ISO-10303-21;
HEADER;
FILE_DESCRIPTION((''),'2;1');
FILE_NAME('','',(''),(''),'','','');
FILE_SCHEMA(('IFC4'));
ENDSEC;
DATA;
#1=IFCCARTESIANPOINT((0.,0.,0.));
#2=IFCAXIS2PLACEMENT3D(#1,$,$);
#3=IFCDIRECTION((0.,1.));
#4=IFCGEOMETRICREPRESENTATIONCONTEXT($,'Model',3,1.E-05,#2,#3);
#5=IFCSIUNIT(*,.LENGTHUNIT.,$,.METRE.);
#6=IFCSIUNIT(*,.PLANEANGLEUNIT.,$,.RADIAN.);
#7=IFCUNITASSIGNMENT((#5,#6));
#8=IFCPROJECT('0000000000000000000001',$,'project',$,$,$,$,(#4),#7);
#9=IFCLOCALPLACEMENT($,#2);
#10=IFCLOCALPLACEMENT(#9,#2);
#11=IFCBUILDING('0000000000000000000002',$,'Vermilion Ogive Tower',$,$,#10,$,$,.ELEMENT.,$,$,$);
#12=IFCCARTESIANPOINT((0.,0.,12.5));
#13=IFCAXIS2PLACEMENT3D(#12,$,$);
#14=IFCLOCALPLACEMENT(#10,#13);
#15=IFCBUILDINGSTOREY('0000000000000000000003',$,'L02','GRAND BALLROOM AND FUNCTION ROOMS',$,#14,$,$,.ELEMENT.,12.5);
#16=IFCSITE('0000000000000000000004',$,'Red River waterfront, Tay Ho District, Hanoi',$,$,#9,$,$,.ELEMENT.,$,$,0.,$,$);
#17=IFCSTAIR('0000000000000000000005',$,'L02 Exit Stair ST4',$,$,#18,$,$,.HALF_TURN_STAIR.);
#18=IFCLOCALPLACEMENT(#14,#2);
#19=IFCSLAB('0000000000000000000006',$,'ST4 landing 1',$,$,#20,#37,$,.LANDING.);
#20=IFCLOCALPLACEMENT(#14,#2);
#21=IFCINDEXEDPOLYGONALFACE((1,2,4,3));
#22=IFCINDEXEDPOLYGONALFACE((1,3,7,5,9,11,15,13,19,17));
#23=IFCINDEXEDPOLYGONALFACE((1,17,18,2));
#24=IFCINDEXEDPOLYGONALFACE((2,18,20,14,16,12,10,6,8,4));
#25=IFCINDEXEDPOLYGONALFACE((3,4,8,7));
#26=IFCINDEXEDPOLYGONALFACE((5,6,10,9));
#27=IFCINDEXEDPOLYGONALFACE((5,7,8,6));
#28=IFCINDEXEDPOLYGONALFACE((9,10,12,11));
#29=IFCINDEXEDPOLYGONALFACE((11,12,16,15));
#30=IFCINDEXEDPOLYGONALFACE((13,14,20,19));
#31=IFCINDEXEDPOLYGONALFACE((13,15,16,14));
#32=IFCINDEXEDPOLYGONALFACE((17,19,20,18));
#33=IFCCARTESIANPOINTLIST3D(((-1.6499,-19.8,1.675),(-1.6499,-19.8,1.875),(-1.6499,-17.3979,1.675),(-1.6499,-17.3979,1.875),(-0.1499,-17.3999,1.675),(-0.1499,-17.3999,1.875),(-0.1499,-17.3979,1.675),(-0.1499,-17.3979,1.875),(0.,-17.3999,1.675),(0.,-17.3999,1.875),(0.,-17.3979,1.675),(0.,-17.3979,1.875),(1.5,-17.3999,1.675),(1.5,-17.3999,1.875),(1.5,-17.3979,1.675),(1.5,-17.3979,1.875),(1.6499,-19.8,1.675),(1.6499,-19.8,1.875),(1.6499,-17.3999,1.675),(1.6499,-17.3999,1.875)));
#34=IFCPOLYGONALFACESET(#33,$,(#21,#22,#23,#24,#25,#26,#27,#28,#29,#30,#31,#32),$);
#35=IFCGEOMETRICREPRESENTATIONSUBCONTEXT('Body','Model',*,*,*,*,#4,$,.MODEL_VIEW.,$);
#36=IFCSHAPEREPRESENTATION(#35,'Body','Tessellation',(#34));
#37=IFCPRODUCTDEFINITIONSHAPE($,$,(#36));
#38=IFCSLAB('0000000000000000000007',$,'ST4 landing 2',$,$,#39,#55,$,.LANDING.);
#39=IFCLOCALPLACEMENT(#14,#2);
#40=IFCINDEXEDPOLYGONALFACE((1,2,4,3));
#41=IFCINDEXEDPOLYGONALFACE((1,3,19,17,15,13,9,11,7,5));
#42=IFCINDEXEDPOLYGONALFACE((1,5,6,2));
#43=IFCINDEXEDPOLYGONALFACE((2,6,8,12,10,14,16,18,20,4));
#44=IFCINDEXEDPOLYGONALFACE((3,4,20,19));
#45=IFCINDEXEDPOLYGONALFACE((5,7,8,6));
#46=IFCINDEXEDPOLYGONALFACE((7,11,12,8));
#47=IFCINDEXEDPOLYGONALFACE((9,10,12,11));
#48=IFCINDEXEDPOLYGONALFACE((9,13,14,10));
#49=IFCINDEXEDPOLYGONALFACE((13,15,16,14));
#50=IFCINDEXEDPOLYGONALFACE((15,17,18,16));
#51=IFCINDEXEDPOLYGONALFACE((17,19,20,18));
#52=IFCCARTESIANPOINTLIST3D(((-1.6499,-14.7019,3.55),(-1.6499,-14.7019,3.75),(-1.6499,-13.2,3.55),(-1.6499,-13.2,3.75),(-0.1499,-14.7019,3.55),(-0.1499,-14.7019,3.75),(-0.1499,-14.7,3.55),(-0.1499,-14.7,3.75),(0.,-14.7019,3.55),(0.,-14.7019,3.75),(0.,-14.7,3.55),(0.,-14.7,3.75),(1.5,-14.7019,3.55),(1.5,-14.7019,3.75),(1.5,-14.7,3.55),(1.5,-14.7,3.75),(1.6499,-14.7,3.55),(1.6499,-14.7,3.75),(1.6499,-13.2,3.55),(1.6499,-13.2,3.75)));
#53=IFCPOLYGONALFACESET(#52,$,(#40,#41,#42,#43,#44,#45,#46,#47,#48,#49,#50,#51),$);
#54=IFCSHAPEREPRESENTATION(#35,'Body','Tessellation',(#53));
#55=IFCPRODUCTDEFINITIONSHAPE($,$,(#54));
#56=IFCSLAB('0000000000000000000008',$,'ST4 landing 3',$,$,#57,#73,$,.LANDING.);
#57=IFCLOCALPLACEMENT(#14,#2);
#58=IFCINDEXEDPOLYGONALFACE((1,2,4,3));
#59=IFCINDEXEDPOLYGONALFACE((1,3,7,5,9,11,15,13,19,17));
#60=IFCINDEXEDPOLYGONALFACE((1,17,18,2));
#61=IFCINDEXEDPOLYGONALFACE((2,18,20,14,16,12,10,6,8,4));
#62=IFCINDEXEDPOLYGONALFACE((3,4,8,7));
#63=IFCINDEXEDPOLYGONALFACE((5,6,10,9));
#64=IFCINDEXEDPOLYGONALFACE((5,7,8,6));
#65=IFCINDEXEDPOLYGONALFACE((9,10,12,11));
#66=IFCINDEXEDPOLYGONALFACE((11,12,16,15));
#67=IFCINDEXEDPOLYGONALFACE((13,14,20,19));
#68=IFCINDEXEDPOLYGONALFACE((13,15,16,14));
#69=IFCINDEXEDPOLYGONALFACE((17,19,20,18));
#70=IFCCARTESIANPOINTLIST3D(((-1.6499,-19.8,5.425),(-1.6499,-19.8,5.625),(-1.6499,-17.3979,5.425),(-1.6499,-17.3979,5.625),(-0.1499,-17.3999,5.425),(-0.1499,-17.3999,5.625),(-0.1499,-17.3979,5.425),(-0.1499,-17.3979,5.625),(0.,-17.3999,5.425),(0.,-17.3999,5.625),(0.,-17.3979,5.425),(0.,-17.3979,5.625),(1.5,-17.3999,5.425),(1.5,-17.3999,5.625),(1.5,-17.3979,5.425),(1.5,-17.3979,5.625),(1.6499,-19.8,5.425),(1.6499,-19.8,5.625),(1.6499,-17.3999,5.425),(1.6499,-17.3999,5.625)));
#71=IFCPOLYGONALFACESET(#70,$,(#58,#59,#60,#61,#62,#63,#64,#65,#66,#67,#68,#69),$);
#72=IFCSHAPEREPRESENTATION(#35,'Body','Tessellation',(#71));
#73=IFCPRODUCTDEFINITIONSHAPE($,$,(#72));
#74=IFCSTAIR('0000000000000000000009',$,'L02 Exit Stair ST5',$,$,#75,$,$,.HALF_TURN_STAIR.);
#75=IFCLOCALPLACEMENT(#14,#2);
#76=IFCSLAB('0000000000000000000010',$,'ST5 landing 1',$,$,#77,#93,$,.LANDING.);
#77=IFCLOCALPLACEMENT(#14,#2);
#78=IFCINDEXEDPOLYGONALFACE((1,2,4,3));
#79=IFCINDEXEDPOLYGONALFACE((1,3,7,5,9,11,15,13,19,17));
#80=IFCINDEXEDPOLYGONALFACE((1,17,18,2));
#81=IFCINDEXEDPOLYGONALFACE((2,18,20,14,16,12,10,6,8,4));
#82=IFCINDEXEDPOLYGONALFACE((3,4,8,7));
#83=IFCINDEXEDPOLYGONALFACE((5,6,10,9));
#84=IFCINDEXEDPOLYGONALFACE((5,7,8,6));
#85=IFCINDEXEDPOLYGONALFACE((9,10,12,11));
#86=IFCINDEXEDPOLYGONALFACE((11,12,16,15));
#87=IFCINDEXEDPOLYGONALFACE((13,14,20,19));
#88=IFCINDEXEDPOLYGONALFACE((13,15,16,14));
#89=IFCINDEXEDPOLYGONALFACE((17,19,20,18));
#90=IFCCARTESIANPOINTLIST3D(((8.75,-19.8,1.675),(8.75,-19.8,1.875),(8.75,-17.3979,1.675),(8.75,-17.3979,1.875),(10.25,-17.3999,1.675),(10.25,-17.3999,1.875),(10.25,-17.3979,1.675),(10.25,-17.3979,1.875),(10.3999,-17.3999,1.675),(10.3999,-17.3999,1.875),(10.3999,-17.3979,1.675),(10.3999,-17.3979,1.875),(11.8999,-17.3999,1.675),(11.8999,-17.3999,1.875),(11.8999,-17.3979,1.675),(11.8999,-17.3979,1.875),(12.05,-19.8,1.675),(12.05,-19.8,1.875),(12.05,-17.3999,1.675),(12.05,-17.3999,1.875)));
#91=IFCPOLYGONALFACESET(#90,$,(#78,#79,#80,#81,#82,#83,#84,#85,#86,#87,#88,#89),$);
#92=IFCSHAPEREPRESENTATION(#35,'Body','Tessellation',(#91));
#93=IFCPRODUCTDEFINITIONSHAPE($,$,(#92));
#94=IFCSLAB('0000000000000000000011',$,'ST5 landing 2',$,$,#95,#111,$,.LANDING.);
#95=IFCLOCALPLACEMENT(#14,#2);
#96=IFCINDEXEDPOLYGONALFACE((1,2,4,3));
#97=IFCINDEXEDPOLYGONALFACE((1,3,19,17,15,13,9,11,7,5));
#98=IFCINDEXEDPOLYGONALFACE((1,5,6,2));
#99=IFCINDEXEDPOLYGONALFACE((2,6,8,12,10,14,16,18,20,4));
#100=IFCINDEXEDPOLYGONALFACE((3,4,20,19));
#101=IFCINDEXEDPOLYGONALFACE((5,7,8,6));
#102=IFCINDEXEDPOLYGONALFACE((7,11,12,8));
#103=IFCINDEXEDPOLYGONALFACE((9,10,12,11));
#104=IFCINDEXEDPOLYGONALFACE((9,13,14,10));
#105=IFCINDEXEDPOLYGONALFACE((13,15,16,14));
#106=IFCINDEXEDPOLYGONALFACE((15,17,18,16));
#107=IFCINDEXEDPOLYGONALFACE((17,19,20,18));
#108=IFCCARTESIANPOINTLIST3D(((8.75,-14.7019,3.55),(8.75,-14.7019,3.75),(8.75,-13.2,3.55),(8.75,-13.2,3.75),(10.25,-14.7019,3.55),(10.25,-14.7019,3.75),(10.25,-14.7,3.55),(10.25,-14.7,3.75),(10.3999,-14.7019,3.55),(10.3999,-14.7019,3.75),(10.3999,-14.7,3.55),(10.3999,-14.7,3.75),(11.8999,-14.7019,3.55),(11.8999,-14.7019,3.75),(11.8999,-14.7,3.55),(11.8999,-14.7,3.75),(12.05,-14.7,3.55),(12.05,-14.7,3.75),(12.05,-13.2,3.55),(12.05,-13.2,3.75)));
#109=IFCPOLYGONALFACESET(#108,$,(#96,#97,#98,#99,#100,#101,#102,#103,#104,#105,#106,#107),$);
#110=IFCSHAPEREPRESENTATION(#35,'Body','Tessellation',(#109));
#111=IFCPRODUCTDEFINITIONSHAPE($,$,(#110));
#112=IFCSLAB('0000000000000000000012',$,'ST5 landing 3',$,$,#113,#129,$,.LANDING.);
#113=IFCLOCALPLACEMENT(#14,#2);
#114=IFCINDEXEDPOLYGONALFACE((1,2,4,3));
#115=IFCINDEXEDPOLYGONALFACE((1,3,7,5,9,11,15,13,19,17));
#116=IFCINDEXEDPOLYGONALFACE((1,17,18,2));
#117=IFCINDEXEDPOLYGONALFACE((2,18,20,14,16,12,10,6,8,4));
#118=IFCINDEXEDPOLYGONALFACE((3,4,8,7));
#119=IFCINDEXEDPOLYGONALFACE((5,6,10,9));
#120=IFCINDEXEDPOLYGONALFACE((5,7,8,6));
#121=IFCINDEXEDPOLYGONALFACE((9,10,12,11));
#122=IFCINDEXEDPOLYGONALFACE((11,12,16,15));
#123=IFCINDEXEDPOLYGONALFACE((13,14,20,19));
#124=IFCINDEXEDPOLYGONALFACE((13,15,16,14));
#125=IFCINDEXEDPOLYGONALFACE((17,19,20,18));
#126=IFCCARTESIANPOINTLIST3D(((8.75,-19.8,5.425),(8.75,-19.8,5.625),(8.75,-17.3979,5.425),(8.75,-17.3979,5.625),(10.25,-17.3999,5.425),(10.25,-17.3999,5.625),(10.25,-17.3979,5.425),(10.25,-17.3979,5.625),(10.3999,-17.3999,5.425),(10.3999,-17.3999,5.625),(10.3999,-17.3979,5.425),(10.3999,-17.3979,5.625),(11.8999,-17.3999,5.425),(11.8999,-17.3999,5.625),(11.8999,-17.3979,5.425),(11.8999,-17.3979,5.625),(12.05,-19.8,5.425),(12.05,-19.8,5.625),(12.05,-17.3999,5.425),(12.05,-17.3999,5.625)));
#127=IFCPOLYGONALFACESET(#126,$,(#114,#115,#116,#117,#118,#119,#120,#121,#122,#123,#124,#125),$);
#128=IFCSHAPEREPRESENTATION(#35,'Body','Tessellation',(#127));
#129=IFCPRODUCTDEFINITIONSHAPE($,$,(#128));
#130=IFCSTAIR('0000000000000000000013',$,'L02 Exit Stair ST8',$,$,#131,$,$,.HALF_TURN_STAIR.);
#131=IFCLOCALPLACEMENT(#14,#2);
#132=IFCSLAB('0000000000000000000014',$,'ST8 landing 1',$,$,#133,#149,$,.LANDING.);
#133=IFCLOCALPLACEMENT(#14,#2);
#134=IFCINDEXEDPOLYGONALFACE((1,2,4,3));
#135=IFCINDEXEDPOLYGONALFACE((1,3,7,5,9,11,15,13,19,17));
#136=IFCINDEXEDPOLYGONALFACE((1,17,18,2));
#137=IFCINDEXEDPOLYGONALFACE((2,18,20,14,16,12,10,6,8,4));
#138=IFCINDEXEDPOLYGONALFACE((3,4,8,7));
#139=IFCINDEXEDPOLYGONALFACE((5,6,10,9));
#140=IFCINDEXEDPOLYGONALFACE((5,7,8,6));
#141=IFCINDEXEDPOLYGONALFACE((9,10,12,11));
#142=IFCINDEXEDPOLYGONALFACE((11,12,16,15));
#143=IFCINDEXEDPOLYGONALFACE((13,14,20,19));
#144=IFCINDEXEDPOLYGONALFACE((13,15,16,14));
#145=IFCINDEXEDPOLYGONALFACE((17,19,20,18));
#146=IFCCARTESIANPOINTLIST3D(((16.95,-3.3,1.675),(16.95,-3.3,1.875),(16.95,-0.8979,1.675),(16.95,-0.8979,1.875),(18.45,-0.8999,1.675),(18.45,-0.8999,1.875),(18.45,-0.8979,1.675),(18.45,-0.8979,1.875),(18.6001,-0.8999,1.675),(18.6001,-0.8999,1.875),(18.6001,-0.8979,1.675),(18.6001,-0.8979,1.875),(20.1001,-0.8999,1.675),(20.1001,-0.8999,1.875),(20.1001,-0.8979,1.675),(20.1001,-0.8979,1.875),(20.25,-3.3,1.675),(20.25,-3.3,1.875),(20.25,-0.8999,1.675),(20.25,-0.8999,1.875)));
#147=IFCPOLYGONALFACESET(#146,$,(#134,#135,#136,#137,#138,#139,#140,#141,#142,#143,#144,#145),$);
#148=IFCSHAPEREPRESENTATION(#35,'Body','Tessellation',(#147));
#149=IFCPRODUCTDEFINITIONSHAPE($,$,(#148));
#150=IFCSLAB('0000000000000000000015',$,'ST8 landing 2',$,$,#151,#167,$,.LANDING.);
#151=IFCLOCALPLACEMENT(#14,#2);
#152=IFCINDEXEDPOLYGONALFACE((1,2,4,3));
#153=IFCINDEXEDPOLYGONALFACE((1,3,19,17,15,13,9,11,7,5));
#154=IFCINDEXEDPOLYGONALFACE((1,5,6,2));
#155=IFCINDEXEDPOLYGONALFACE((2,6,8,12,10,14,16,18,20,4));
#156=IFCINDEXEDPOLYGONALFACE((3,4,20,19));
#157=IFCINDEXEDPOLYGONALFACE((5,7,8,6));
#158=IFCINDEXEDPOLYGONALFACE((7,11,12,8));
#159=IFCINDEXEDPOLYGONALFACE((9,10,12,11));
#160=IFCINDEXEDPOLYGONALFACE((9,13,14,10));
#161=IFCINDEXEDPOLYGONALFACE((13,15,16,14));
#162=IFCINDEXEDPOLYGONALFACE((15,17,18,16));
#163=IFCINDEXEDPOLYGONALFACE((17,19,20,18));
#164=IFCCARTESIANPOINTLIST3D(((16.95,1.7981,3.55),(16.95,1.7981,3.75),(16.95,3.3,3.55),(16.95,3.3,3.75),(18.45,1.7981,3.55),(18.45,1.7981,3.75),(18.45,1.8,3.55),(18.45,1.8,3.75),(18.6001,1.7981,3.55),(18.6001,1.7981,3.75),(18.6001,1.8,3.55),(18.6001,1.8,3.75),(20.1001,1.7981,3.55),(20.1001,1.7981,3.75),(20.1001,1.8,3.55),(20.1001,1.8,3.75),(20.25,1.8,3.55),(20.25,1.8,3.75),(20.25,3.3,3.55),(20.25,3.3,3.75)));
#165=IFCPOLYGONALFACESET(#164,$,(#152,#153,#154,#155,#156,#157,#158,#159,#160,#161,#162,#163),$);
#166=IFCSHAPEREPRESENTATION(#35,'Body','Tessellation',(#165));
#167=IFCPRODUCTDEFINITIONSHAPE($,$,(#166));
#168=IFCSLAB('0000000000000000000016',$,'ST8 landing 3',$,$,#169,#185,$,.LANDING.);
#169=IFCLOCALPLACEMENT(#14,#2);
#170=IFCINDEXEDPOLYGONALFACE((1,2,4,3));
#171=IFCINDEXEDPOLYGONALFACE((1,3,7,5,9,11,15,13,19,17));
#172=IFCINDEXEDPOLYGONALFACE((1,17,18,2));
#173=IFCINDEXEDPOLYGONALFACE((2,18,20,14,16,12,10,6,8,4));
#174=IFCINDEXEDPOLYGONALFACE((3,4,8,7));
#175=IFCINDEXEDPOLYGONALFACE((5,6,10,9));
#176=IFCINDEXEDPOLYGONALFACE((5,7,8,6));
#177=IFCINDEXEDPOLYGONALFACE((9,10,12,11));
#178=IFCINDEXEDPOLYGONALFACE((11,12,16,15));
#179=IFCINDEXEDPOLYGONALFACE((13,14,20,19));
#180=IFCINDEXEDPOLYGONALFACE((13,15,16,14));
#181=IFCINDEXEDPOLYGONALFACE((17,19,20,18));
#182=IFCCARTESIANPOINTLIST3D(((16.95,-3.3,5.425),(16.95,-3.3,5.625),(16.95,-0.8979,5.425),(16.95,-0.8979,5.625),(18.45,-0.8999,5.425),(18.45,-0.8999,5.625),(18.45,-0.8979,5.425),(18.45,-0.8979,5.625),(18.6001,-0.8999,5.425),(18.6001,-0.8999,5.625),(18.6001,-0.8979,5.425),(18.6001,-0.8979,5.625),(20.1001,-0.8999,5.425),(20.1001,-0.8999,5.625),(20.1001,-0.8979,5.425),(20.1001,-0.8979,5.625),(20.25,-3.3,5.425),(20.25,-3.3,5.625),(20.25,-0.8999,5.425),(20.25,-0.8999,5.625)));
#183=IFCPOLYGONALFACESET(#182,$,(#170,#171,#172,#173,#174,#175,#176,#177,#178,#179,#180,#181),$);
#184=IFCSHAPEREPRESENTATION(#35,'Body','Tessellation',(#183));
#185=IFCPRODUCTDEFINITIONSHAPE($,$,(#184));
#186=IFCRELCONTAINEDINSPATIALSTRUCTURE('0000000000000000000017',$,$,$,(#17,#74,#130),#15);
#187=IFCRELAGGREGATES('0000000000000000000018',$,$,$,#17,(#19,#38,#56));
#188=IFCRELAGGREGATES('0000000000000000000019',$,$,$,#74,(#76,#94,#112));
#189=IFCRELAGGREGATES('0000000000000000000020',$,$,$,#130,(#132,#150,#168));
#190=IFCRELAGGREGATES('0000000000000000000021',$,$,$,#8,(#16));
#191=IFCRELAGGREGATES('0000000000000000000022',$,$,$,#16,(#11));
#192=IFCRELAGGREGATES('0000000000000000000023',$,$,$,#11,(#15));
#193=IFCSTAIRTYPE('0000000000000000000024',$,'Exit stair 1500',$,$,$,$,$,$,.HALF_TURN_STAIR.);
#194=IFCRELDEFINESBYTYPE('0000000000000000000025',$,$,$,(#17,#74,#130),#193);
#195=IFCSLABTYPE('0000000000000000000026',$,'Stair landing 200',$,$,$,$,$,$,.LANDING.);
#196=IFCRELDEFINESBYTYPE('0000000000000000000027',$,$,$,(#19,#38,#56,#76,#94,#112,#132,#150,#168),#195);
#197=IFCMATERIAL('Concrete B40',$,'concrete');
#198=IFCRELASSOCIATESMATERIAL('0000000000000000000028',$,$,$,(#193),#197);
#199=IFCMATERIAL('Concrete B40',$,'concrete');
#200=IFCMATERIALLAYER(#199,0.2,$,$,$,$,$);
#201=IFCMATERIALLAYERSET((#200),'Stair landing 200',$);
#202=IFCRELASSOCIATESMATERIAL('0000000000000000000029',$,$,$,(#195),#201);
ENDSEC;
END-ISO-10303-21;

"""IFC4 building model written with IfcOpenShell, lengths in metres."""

from ifc_helpers import new_model, si_unit, direction, frame, origin, place, context, subcontext, project, spatial, polyline, outline, extrude, material, layer, layer_set, type_object, element, aggregate, save


model = new_model("IFC4")

# Units and contexts
model_context = context("Model", 3, precision=1e-05, world=origin(), true_north=direction((0.0, 1.0)))
body_context = subcontext(model_context, "Body", "Model", "MODEL_VIEW")
ifc_project = project(units=[si_unit("LENGTHUNIT", "METRE"), si_unit("PLANEANGLEUNIT", "RADIAN")], contexts=[model_context])

# Site, building, storey
site_placement = place(None, origin())
site = spatial("IfcSite", under=ifc_project, at=site_placement, Name="Red River waterfront, Tay Ho District, Hanoi", CompositionType="ELEMENT", RefElevation=0.0)
building_placement = place(site_placement, origin())
building = spatial("IfcBuilding", under=site, at=building_placement, Name="Vermilion Ogive Tower", CompositionType="ELEMENT")
storey_placement = place(building_placement, frame((0.0, 0.0, 12.5)))
storey = spatial("IfcBuildingStorey", under=building, at=storey_placement, Name="L02", Description="GRAND BALLROOM AND FUNCTION ROOMS", CompositionType="ELEMENT", Elevation=12.5)

# Stairs, slabs
ifc_material_1 = material(Name="Concrete B40", Category="concrete")
stair_type = type_object("IfcStairType", Name="Exit stair 1500", PredefinedType="HALF_TURN_STAIR", material=ifc_material_1)
ifc_material_2 = material(Name="Concrete B40", Category="concrete")
ifc_layer = layer(ifc_material_2, 0.2)
ifc_layer_set = layer_set([ifc_layer], Name="Stair landing 200")
slab_type = type_object("IfcSlabType", Name="Stair landing 200", PredefinedType="LANDING", material=ifc_layer_set)
stair_1_placement = place(storey_placement, origin())
stair_1 = element("IfcStair", 1, at=stair_1_placement, inside=storey, type_object=stair_type, Name="L02 Exit Stair ST4", PredefinedType="HALF_TURN_STAIR")
slab_1_placement = place(storey_placement, frame((0.0, 0.0, 1.675)))
slab_1 = element("IfcSlab", 2, at=slab_1_placement, type_object=slab_type, Name="ST4 landing 1", PredefinedType="LANDING", context=body_context, shape_type="SweptSolid", body=[
    extrude(outline(polyline([(1.6499, -17.3999), (1.5, -17.3999), (1.5, -17.3979), (0.0, -17.3979), (0.0, -17.3999), (-0.1499, -17.3999), (-0.1499, -17.3979), (-1.6499, -17.3979), (-1.6499, -19.8), (1.6499, -19.8), (1.6499, -17.3999)])), origin(), (0.0, 0.0, 1.0), 0.2),
])
slab_2_placement = place(storey_placement, frame((0.0, 0.0, 3.55)))
slab_2 = element("IfcSlab", 3, at=slab_2_placement, type_object=slab_type, Name="ST4 landing 2", PredefinedType="LANDING", context=body_context, shape_type="SweptSolid", body=[
    extrude(outline(polyline([(-1.6499, -13.2), (-1.6499, -14.7019), (-0.1499, -14.7019), (-0.1499, -14.7), (0.0, -14.7), (0.0, -14.7019), (1.5, -14.7019), (1.5, -14.7), (1.6499, -14.7), (1.6499, -13.2), (-1.6499, -13.2)])), origin(), (0.0, 0.0, 1.0), 0.2),
])
slab_3_placement = place(storey_placement, frame((0.0, 0.0, 5.425)))
slab_3 = element("IfcSlab", 4, at=slab_3_placement, type_object=slab_type, Name="ST4 landing 3", PredefinedType="LANDING", context=body_context, shape_type="SweptSolid", body=[
    extrude(outline(polyline([(1.6499, -17.3999), (1.5, -17.3999), (1.5, -17.3979), (0.0, -17.3979), (0.0, -17.3999), (-0.1499, -17.3999), (-0.1499, -17.3979), (-1.6499, -17.3979), (-1.6499, -19.8), (1.6499, -19.8), (1.6499, -17.3999)])), origin(), (0.0, 0.0, 1.0), 0.2),
])
aggregate(stair_1, [slab_1, slab_2, slab_3])
stair_2_placement = place(storey_placement, origin())
stair_2 = element("IfcStair", 5, at=stair_2_placement, inside=storey, type_object=stair_type, Name="L02 Exit Stair ST5", PredefinedType="HALF_TURN_STAIR")
slab_4_placement = place(storey_placement, frame((0.0, 0.0, 1.675)))
slab_4 = element("IfcSlab", 6, at=slab_4_placement, type_object=slab_type, Name="ST5 landing 1", PredefinedType="LANDING", context=body_context, shape_type="SweptSolid", body=[
    extrude(outline(polyline([(12.05, -17.3999), (11.8999, -17.3999), (11.8999, -17.3979), (10.3999, -17.3979), (10.3999, -17.3999), (10.25, -17.3999), (10.25, -17.3979), (8.75, -17.3979), (8.75, -19.8), (12.05, -19.8), (12.05, -17.3999)])), origin(), (0.0, 0.0, 1.0), 0.2),
])
slab_5_placement = place(storey_placement, frame((0.0, 0.0, 3.55)))
slab_5 = element("IfcSlab", 7, at=slab_5_placement, type_object=slab_type, Name="ST5 landing 2", PredefinedType="LANDING", context=body_context, shape_type="SweptSolid", body=[
    extrude(outline(polyline([(8.75, -13.2), (8.75, -14.7019), (10.25, -14.7019), (10.25, -14.7), (10.3999, -14.7), (10.3999, -14.7019), (11.8999, -14.7019), (11.8999, -14.7), (12.05, -14.7), (12.05, -13.2), (8.75, -13.2)])), origin(), (0.0, 0.0, 1.0), 0.2),
])
slab_6_placement = place(storey_placement, frame((0.0, 0.0, 5.425)))
slab_6 = element("IfcSlab", 8, at=slab_6_placement, type_object=slab_type, Name="ST5 landing 3", PredefinedType="LANDING", context=body_context, shape_type="SweptSolid", body=[
    extrude(outline(polyline([(12.05, -17.3999), (11.8999, -17.3999), (11.8999, -17.3979), (10.3999, -17.3979), (10.3999, -17.3999), (10.25, -17.3999), (10.25, -17.3979), (8.75, -17.3979), (8.75, -19.8), (12.05, -19.8), (12.05, -17.3999)])), origin(), (0.0, 0.0, 1.0), 0.2),
])
aggregate(stair_2, [slab_4, slab_5, slab_6])
stair_3_placement = place(storey_placement, origin())
stair_3 = element("IfcStair", 9, at=stair_3_placement, inside=storey, type_object=stair_type, Name="L02 Exit Stair ST8", PredefinedType="HALF_TURN_STAIR")
slab_7_placement = place(storey_placement, frame((0.0, 0.0, 1.675)))
slab_7 = element("IfcSlab", 10, at=slab_7_placement, type_object=slab_type, Name="ST8 landing 1", PredefinedType="LANDING", context=body_context, shape_type="SweptSolid", body=[
    extrude(outline(polyline([(20.25, -0.8999), (20.1001, -0.8999), (20.1001, -0.8979), (18.6001, -0.8979), (18.6001, -0.8999), (18.45, -0.8999), (18.45, -0.8979), (16.95, -0.8979), (16.95, -3.3), (20.25, -3.3), (20.25, -0.8999)])), origin(), (0.0, 0.0, 1.0), 0.2),
])
slab_8_placement = place(storey_placement, frame((0.0, 0.0, 3.55)))
slab_8 = element("IfcSlab", 11, at=slab_8_placement, type_object=slab_type, Name="ST8 landing 2", PredefinedType="LANDING", context=body_context, shape_type="SweptSolid", body=[
    extrude(outline(polyline([(16.95, 3.3), (16.95, 1.7981), (18.45, 1.7981), (18.45, 1.8), (18.6001, 1.8), (18.6001, 1.7981), (20.1001, 1.7981), (20.1001, 1.8), (20.25, 1.8), (20.25, 3.3), (16.95, 3.3)])), origin(), (0.0, 0.0, 1.0), 0.2),
])
slab_9_placement = place(storey_placement, frame((0.0, 0.0, 5.425)))
slab_9 = element("IfcSlab", 12, at=slab_9_placement, type_object=slab_type, Name="ST8 landing 3", PredefinedType="LANDING", context=body_context, shape_type="SweptSolid", body=[
    extrude(outline(polyline([(20.25, -0.8999), (20.1001, -0.8999), (20.1001, -0.8979), (18.6001, -0.8979), (18.6001, -0.8999), (18.45, -0.8999), (18.45, -0.8979), (16.95, -0.8979), (16.95, -3.3), (20.25, -3.3), (20.25, -0.8999)])), origin(), (0.0, 0.0, 1.0), 0.2),
])
aggregate(stair_3, [slab_7, slab_8, slab_9])

save(model, "model.ifc")
